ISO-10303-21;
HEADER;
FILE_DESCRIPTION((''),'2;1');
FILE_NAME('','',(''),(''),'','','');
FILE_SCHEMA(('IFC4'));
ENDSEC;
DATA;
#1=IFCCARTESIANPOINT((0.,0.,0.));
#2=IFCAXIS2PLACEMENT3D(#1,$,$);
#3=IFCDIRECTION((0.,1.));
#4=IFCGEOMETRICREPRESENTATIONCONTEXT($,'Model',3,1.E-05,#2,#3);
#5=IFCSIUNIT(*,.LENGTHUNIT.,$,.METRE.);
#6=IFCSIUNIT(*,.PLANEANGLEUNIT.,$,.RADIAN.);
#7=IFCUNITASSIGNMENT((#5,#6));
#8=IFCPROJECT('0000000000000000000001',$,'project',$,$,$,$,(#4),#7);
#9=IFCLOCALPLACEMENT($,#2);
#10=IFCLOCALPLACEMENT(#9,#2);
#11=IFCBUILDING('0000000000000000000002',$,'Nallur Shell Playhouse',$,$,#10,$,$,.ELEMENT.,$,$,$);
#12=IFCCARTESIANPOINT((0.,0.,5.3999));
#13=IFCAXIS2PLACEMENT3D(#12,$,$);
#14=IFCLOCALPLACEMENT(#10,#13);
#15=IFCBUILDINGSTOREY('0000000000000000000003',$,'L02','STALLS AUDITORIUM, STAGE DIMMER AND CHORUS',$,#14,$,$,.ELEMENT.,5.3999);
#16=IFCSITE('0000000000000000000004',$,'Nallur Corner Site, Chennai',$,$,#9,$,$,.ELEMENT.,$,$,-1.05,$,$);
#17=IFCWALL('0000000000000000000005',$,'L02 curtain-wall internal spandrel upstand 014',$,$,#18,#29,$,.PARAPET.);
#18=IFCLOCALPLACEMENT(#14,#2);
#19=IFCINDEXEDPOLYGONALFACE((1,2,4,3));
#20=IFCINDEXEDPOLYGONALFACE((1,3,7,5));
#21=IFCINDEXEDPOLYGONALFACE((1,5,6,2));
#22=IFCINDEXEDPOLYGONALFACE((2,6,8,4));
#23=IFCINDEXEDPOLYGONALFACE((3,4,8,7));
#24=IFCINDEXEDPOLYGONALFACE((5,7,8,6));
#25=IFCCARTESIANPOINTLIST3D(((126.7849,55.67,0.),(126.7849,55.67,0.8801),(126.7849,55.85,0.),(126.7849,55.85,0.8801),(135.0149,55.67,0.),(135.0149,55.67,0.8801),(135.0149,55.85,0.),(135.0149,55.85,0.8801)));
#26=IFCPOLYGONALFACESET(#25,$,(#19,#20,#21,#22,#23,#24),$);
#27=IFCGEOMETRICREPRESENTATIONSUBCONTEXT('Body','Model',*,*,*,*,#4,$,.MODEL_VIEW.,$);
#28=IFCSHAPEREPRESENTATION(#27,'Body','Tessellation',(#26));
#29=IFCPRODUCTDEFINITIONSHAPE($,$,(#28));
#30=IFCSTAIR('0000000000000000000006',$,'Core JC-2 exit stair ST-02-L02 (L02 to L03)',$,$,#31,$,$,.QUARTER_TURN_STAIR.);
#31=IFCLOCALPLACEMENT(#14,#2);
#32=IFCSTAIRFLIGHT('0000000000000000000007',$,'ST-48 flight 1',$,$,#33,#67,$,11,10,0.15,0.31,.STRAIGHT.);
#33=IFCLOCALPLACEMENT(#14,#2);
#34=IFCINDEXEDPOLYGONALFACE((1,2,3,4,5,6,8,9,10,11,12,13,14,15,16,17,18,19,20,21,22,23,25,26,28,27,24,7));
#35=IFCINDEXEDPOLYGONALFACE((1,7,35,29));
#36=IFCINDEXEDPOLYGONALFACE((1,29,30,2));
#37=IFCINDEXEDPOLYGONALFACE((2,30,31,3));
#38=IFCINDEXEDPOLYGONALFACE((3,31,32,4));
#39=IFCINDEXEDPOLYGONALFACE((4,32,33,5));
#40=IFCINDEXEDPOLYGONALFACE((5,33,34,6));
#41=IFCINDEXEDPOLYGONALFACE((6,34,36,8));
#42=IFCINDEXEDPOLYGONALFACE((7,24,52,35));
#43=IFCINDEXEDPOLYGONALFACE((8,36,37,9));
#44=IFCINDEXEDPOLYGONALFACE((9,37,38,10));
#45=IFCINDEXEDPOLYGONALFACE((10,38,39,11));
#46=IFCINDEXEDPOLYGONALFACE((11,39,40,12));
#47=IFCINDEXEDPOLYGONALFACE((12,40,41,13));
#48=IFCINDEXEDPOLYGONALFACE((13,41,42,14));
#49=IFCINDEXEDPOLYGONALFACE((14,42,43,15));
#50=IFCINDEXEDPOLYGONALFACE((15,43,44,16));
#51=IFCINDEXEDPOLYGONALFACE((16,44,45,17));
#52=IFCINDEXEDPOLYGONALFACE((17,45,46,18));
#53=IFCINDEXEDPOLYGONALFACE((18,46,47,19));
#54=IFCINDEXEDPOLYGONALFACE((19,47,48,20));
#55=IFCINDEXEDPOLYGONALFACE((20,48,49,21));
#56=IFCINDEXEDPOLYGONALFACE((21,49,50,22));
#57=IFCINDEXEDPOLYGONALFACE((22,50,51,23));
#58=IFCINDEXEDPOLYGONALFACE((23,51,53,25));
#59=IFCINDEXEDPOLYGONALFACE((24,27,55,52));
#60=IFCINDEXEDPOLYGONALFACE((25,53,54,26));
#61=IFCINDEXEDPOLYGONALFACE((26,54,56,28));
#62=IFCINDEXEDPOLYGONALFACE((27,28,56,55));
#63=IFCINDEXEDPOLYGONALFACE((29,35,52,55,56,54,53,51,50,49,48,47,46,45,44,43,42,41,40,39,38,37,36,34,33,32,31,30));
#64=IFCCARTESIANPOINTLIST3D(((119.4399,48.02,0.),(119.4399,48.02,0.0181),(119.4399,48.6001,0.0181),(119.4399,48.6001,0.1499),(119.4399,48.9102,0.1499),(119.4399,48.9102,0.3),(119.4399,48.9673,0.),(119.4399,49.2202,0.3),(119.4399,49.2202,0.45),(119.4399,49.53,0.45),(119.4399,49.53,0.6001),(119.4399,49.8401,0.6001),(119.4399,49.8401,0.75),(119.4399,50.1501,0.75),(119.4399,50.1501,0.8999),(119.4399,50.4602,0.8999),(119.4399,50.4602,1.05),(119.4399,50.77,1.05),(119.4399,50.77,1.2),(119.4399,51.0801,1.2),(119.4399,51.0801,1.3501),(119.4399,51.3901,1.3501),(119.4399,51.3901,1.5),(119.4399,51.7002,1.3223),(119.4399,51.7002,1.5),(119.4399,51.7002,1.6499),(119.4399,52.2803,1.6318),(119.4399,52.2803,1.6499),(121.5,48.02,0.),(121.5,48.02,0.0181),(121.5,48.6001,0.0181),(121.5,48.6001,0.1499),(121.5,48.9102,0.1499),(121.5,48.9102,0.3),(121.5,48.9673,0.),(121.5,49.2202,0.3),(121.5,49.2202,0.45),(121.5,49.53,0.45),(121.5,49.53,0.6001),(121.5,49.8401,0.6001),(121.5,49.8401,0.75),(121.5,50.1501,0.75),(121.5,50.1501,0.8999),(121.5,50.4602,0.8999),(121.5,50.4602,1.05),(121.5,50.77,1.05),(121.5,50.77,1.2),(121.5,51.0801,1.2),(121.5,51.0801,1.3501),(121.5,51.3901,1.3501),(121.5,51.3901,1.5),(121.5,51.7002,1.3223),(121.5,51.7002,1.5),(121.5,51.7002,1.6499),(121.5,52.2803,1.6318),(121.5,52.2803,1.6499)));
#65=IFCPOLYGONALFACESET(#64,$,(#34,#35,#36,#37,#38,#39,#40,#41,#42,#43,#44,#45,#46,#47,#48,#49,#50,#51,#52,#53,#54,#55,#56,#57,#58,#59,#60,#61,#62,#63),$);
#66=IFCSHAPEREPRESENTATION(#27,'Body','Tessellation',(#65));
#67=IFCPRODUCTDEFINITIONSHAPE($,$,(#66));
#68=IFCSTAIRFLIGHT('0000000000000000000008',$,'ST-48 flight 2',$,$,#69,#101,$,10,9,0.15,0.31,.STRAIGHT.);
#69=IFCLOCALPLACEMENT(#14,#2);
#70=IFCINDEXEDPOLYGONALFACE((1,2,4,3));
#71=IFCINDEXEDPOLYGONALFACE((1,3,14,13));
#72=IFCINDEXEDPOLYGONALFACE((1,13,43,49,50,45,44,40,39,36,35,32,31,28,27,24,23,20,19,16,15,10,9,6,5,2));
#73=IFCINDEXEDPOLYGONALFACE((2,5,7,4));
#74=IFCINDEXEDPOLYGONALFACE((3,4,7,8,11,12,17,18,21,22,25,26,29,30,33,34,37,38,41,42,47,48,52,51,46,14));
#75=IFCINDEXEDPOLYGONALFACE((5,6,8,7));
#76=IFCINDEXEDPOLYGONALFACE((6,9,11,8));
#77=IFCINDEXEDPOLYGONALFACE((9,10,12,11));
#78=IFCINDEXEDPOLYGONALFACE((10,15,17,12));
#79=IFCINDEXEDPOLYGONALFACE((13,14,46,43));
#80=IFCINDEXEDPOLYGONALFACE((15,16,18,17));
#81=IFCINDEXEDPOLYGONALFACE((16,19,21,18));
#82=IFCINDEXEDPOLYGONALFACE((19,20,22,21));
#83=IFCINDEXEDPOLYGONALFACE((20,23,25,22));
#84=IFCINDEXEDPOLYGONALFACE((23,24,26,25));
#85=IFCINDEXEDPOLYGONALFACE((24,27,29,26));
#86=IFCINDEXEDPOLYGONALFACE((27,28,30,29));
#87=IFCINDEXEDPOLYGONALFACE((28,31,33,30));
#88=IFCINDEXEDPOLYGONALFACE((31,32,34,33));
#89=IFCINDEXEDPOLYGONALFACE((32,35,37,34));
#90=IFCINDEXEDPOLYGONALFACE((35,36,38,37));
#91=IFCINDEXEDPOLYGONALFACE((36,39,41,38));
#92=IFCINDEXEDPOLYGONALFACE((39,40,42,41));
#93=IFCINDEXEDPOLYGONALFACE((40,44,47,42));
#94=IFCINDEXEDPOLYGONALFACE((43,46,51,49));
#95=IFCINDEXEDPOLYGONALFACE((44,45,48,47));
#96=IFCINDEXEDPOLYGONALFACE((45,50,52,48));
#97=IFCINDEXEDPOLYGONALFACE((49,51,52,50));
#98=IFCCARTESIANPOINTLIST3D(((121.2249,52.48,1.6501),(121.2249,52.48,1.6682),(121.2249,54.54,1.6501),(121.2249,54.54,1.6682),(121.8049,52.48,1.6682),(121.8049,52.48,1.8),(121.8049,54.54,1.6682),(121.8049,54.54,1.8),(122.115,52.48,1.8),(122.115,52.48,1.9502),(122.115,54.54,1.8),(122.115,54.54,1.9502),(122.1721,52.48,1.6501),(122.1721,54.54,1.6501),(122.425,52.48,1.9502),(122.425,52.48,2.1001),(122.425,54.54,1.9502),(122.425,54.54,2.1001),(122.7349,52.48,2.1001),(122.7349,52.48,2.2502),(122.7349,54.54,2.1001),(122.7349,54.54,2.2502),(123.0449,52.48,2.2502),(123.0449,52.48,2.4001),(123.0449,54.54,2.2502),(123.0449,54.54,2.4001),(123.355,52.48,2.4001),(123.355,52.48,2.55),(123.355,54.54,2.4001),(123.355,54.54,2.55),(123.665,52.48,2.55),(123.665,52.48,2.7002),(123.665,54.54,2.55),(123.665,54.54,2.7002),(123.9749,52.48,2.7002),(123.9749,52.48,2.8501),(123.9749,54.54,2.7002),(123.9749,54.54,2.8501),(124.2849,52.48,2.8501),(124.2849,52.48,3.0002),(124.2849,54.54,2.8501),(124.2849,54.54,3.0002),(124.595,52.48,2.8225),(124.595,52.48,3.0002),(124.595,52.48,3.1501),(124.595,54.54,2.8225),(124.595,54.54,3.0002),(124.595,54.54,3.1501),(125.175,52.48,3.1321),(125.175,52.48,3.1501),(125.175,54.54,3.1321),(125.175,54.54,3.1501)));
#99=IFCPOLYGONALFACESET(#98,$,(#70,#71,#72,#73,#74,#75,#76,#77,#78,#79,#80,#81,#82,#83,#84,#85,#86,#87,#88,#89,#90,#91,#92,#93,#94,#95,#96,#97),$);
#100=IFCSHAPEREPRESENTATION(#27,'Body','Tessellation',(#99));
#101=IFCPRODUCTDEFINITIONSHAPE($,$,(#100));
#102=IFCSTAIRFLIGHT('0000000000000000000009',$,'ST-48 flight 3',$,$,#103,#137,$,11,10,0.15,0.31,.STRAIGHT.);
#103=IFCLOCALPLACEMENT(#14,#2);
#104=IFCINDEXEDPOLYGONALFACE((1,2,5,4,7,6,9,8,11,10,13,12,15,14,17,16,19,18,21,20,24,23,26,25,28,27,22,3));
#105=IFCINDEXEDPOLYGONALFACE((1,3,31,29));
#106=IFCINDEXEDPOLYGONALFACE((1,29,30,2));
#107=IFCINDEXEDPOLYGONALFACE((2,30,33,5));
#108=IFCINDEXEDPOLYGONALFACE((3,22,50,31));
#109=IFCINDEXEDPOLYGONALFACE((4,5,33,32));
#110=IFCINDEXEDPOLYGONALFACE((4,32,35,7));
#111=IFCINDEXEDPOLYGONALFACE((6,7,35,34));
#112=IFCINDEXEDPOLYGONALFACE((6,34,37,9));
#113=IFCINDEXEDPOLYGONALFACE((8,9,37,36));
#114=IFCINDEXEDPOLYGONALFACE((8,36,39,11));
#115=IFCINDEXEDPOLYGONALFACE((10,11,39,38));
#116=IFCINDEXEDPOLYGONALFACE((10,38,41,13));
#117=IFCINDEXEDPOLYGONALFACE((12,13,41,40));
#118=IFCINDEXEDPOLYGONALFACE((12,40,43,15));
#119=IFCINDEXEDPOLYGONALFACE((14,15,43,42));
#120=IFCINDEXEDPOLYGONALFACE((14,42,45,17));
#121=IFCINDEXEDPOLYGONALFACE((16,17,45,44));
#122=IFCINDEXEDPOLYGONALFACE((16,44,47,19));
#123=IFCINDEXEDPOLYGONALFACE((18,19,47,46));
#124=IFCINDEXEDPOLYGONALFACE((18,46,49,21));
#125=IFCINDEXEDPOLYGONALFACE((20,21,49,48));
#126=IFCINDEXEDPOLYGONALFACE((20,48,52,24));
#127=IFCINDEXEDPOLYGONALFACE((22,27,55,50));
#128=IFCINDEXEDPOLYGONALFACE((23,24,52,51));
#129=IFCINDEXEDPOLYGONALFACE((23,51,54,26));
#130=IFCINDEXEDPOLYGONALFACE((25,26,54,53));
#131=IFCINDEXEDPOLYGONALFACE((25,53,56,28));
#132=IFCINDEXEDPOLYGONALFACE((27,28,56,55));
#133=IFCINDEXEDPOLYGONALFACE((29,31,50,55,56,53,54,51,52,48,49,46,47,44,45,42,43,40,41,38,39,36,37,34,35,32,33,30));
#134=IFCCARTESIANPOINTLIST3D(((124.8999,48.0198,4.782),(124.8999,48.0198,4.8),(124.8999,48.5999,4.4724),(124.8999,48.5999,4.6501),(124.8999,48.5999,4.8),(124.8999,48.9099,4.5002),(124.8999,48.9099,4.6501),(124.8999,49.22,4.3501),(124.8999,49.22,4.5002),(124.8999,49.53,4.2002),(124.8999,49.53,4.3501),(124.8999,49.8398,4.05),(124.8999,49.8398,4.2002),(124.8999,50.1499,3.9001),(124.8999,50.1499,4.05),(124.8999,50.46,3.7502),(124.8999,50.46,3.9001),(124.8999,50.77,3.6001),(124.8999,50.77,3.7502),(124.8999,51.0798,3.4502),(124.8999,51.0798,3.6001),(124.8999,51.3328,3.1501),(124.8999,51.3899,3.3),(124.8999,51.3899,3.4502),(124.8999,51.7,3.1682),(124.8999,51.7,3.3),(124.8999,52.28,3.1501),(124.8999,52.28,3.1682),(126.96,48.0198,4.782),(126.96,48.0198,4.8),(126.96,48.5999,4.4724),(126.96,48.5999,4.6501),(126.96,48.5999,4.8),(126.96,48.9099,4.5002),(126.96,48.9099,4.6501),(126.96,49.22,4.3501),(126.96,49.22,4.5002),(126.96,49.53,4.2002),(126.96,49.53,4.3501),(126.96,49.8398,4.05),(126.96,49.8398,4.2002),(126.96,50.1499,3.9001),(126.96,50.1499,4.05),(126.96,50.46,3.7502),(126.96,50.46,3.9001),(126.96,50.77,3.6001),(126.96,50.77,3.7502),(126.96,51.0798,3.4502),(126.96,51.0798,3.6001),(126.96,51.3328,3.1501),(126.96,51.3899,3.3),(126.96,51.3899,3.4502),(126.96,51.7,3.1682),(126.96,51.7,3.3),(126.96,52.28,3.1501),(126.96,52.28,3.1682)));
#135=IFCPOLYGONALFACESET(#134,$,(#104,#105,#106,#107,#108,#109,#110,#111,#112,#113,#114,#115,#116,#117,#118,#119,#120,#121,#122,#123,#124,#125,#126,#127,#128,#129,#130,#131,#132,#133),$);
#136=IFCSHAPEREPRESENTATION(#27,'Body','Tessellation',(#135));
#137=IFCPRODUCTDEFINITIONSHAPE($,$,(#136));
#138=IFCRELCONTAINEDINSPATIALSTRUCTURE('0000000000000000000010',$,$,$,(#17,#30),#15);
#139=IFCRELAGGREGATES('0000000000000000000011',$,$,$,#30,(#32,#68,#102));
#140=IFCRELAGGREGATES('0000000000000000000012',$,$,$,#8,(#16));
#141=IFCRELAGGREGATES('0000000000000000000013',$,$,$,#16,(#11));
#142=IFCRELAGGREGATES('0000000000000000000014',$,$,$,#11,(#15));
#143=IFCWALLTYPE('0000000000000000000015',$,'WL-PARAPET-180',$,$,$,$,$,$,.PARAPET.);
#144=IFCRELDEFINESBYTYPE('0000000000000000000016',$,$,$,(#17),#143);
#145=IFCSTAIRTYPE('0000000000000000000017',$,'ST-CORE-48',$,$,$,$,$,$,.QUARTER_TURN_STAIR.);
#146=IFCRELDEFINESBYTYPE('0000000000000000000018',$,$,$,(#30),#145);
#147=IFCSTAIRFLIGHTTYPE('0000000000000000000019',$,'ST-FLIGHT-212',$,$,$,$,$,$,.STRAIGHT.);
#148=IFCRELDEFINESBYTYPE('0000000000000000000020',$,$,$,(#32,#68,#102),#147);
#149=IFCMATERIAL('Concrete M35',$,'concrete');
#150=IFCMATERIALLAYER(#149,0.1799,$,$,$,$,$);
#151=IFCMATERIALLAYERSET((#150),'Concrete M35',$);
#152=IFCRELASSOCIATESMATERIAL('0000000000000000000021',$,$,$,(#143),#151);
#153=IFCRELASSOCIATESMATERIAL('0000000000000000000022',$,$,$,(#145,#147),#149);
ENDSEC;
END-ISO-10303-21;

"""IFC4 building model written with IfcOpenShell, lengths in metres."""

from ifc_helpers import new_model, si_unit, direction, frame, frame_2d, origin, place, context, subcontext, project, spatial, polyline, rectangle, outline, extrude, material, layer, layer_set, type_object, element, aggregate, save


model = new_model("IFC4")

# Units and contexts
model_context = context("Model", 3, precision=1e-05, world=origin(), true_north=direction((0.0, 1.0)))
body_context = subcontext(model_context, "Body", "Model", "MODEL_VIEW")
ifc_project = project(units=[si_unit("LENGTHUNIT", "METRE"), si_unit("PLANEANGLEUNIT", "RADIAN")], contexts=[model_context])

# Site, building, storey
site_placement = place(None, origin())
site = spatial("IfcSite", under=ifc_project, at=site_placement, Name="Nallur Corner Site, Chennai", CompositionType="ELEMENT", RefElevation=-1.05)
building_placement = place(site_placement, origin())
building = spatial("IfcBuilding", under=site, at=building_placement, Name="Nallur Shell Playhouse", CompositionType="ELEMENT")
storey_placement = place(building_placement, frame((0.0, 0.0, 5.3999)))
storey = spatial("IfcBuildingStorey", under=building, at=storey_placement, Name="L02", Description="STALLS AUDITORIUM, STAGE DIMMER AND CHORUS", CompositionType="ELEMENT", Elevation=5.3999)

# Shared definitions
ifc_material_1 = material(Name="Concrete M35", Category="concrete")

# Wall
ifc_layer_1 = layer(ifc_material_1, 0.1799)
ifc_layer_set_1 = layer_set([ifc_layer_1], Name="Concrete M35")
wall_type_1 = type_object("IfcWallType", Name="WL-PARAPET-180", PredefinedType="PARAPET", material=ifc_layer_set_1)
wall_1_placement = place(storey_placement, frame((126.7849, 55.76, 0.0), z_axis=(0.0, 0.0, 1.0), x_axis=(1.0, 0.0, 0.0)))
element("IfcWall", 1, at=wall_1_placement, inside=storey, type_object=wall_type_1, Name="L02 curtain-wall internal spandrel upstand 014", PredefinedType="PARAPET", context=body_context, shape_type="SweptSolid", body=[
    extrude(rectangle(XDim=8.23, YDim=0.1799, at=frame_2d((4.115, 0.0))), origin(), (0.0, 0.0, 1.0), 0.8801),
])

# Stair, stair flights
stair_type = type_object("IfcStairType", Name="ST-CORE-48", PredefinedType="QUARTER_TURN_STAIR", material=ifc_material_1)
stair_placement = place(storey_placement, origin())
stair = element("IfcStair", 2, at=stair_placement, inside=storey, type_object=stair_type, Name="Core JC-2 exit stair ST-02-L02 (L02 to L03)", PredefinedType="QUARTER_TURN_STAIR")
stair_flight_type = type_object("IfcStairFlightType", Name="ST-FLIGHT-212", PredefinedType="STRAIGHT", material=ifc_material_1)
stair_flight_1_placement = place(storey_placement, frame((120.47, 48.6001, 0.0), z_axis=(0.0, 0.0, 1.0), x_axis=(0.0, 1.0, 0.0)))
stair_flight_1 = element("IfcStairFlight", 3, at=stair_flight_1_placement, type_object=stair_flight_type, Name="ST-48 flight 1", NumberOfRisers=11, NumberOfTreads=10, PredefinedType="STRAIGHT", RiserHeight=0.15, TreadLength=0.31, context=body_context, shape_type="SweptSolid", body=[
    extrude(outline(polyline([(-0.5801, 0.0), (-0.5801, 0.0181), (0.0, 0.0181), (0.0, 0.1499), (0.3101, 0.1499), (0.3101, 0.3), (0.6201, 0.3), (0.6201, 0.45), (0.9299, 0.45), (0.9299, 0.6001), (1.24, 0.6001), (1.24, 0.75), (1.55, 0.75), (1.55, 0.8999), (1.8601, 0.8999), (1.8601, 1.05), (2.1699, 1.05), (2.1699, 1.2), (2.48, 1.2), (2.48, 1.3501), (2.79, 1.3501), (2.79, 1.5), (3.1001, 1.5), (3.1001, 1.6499), (3.6802, 1.6499), (3.6802, 1.6318), (3.1001, 1.3223), (0.3672, 0.0), (-0.5801, 0.0)])), frame((0.0, 1.03, 0.0), z_axis=(0.0, -1.0, 0.0), x_axis=(1.0, 0.0, 0.0)), (0.0, 0.0, 1.0), 2.0601),
])
stair_flight_2_placement = place(storey_placement, frame((121.8049, 53.51, 1.6501), z_axis=(0.0, 0.0, 1.0), x_axis=(1.0, 0.0, 0.0)))
stair_flight_2 = element("IfcStairFlight", 4, at=stair_flight_2_placement, type_object=stair_flight_type, Name="ST-48 flight 2", NumberOfRisers=10, NumberOfTreads=9, PredefinedType="STRAIGHT", RiserHeight=0.15, TreadLength=0.31, context=body_context, shape_type="SweptSolid", body=[
    extrude(outline(polyline([(-0.5801, 0.0), (-0.5801, 0.0181), (0.0, 0.0181), (0.0, 0.1499), (0.3101, 0.1499), (0.3101, 0.3), (0.6201, 0.3), (0.6201, 0.45), (0.9299, 0.45), (0.9299, 0.6001), (1.24, 0.6001), (1.24, 0.75), (1.55, 0.75), (1.55, 0.8999), (1.8601, 0.8999), (1.8601, 1.05), (2.1699, 1.05), (2.1699, 1.2), (2.48, 1.2), (2.48, 1.3501), (2.79, 1.3501), (2.79, 1.5), (3.3701, 1.5), (3.3701, 1.4819), (2.79, 1.1724), (0.3672, 0.0), (-0.5801, 0.0)])), frame((0.0, 1.03, 0.0), z_axis=(0.0, -1.0, 0.0), x_axis=(1.0, 0.0, 0.0)), (0.0, 0.0, 1.0), 2.0601),
])
stair_flight_3_placement = place(storey_placement, frame((125.9299, 51.7, 3.1501), z_axis=(0.0, 0.0, 1.0), x_axis=(0.0, -1.0, 0.0)))
stair_flight_3 = element("IfcStairFlight", 5, at=stair_flight_3_placement, type_object=stair_flight_type, Name="ST-48 flight 3", NumberOfRisers=11, NumberOfTreads=10, PredefinedType="STRAIGHT", RiserHeight=0.15, TreadLength=0.31, context=body_context, shape_type="SweptSolid", body=[
    extrude(outline(polyline([(-0.5801, 0.0), (-0.5801, 0.0181), (0.0, 0.0181), (0.0, 0.1499), (0.3101, 0.1499), (0.3101, 0.3), (0.6201, 0.3), (0.6201, 0.45), (0.9299, 0.45), (0.9299, 0.6001), (1.24, 0.6001), (1.24, 0.75), (1.55, 0.75), (1.55, 0.8999), (1.8601, 0.8999), (1.8601, 1.05), (2.1699, 1.05), (2.1699, 1.2), (2.48, 1.2), (2.48, 1.3501), (2.79, 1.3501), (2.79, 1.5), (3.1001, 1.5), (3.1001, 1.6499), (3.6802, 1.6499), (3.6802, 1.6318), (3.1001, 1.3223), (0.3672, 0.0), (-0.5801, 0.0)])), frame((0.0, 1.03, 0.0), z_axis=(0.0, -1.0, 0.0), x_axis=(1.0, 0.0, 0.0)), (0.0, 0.0, 1.0), 2.0601),
])
aggregate(stair, [stair_flight_1, stair_flight_2, stair_flight_3])

save(model, "model.ifc")
